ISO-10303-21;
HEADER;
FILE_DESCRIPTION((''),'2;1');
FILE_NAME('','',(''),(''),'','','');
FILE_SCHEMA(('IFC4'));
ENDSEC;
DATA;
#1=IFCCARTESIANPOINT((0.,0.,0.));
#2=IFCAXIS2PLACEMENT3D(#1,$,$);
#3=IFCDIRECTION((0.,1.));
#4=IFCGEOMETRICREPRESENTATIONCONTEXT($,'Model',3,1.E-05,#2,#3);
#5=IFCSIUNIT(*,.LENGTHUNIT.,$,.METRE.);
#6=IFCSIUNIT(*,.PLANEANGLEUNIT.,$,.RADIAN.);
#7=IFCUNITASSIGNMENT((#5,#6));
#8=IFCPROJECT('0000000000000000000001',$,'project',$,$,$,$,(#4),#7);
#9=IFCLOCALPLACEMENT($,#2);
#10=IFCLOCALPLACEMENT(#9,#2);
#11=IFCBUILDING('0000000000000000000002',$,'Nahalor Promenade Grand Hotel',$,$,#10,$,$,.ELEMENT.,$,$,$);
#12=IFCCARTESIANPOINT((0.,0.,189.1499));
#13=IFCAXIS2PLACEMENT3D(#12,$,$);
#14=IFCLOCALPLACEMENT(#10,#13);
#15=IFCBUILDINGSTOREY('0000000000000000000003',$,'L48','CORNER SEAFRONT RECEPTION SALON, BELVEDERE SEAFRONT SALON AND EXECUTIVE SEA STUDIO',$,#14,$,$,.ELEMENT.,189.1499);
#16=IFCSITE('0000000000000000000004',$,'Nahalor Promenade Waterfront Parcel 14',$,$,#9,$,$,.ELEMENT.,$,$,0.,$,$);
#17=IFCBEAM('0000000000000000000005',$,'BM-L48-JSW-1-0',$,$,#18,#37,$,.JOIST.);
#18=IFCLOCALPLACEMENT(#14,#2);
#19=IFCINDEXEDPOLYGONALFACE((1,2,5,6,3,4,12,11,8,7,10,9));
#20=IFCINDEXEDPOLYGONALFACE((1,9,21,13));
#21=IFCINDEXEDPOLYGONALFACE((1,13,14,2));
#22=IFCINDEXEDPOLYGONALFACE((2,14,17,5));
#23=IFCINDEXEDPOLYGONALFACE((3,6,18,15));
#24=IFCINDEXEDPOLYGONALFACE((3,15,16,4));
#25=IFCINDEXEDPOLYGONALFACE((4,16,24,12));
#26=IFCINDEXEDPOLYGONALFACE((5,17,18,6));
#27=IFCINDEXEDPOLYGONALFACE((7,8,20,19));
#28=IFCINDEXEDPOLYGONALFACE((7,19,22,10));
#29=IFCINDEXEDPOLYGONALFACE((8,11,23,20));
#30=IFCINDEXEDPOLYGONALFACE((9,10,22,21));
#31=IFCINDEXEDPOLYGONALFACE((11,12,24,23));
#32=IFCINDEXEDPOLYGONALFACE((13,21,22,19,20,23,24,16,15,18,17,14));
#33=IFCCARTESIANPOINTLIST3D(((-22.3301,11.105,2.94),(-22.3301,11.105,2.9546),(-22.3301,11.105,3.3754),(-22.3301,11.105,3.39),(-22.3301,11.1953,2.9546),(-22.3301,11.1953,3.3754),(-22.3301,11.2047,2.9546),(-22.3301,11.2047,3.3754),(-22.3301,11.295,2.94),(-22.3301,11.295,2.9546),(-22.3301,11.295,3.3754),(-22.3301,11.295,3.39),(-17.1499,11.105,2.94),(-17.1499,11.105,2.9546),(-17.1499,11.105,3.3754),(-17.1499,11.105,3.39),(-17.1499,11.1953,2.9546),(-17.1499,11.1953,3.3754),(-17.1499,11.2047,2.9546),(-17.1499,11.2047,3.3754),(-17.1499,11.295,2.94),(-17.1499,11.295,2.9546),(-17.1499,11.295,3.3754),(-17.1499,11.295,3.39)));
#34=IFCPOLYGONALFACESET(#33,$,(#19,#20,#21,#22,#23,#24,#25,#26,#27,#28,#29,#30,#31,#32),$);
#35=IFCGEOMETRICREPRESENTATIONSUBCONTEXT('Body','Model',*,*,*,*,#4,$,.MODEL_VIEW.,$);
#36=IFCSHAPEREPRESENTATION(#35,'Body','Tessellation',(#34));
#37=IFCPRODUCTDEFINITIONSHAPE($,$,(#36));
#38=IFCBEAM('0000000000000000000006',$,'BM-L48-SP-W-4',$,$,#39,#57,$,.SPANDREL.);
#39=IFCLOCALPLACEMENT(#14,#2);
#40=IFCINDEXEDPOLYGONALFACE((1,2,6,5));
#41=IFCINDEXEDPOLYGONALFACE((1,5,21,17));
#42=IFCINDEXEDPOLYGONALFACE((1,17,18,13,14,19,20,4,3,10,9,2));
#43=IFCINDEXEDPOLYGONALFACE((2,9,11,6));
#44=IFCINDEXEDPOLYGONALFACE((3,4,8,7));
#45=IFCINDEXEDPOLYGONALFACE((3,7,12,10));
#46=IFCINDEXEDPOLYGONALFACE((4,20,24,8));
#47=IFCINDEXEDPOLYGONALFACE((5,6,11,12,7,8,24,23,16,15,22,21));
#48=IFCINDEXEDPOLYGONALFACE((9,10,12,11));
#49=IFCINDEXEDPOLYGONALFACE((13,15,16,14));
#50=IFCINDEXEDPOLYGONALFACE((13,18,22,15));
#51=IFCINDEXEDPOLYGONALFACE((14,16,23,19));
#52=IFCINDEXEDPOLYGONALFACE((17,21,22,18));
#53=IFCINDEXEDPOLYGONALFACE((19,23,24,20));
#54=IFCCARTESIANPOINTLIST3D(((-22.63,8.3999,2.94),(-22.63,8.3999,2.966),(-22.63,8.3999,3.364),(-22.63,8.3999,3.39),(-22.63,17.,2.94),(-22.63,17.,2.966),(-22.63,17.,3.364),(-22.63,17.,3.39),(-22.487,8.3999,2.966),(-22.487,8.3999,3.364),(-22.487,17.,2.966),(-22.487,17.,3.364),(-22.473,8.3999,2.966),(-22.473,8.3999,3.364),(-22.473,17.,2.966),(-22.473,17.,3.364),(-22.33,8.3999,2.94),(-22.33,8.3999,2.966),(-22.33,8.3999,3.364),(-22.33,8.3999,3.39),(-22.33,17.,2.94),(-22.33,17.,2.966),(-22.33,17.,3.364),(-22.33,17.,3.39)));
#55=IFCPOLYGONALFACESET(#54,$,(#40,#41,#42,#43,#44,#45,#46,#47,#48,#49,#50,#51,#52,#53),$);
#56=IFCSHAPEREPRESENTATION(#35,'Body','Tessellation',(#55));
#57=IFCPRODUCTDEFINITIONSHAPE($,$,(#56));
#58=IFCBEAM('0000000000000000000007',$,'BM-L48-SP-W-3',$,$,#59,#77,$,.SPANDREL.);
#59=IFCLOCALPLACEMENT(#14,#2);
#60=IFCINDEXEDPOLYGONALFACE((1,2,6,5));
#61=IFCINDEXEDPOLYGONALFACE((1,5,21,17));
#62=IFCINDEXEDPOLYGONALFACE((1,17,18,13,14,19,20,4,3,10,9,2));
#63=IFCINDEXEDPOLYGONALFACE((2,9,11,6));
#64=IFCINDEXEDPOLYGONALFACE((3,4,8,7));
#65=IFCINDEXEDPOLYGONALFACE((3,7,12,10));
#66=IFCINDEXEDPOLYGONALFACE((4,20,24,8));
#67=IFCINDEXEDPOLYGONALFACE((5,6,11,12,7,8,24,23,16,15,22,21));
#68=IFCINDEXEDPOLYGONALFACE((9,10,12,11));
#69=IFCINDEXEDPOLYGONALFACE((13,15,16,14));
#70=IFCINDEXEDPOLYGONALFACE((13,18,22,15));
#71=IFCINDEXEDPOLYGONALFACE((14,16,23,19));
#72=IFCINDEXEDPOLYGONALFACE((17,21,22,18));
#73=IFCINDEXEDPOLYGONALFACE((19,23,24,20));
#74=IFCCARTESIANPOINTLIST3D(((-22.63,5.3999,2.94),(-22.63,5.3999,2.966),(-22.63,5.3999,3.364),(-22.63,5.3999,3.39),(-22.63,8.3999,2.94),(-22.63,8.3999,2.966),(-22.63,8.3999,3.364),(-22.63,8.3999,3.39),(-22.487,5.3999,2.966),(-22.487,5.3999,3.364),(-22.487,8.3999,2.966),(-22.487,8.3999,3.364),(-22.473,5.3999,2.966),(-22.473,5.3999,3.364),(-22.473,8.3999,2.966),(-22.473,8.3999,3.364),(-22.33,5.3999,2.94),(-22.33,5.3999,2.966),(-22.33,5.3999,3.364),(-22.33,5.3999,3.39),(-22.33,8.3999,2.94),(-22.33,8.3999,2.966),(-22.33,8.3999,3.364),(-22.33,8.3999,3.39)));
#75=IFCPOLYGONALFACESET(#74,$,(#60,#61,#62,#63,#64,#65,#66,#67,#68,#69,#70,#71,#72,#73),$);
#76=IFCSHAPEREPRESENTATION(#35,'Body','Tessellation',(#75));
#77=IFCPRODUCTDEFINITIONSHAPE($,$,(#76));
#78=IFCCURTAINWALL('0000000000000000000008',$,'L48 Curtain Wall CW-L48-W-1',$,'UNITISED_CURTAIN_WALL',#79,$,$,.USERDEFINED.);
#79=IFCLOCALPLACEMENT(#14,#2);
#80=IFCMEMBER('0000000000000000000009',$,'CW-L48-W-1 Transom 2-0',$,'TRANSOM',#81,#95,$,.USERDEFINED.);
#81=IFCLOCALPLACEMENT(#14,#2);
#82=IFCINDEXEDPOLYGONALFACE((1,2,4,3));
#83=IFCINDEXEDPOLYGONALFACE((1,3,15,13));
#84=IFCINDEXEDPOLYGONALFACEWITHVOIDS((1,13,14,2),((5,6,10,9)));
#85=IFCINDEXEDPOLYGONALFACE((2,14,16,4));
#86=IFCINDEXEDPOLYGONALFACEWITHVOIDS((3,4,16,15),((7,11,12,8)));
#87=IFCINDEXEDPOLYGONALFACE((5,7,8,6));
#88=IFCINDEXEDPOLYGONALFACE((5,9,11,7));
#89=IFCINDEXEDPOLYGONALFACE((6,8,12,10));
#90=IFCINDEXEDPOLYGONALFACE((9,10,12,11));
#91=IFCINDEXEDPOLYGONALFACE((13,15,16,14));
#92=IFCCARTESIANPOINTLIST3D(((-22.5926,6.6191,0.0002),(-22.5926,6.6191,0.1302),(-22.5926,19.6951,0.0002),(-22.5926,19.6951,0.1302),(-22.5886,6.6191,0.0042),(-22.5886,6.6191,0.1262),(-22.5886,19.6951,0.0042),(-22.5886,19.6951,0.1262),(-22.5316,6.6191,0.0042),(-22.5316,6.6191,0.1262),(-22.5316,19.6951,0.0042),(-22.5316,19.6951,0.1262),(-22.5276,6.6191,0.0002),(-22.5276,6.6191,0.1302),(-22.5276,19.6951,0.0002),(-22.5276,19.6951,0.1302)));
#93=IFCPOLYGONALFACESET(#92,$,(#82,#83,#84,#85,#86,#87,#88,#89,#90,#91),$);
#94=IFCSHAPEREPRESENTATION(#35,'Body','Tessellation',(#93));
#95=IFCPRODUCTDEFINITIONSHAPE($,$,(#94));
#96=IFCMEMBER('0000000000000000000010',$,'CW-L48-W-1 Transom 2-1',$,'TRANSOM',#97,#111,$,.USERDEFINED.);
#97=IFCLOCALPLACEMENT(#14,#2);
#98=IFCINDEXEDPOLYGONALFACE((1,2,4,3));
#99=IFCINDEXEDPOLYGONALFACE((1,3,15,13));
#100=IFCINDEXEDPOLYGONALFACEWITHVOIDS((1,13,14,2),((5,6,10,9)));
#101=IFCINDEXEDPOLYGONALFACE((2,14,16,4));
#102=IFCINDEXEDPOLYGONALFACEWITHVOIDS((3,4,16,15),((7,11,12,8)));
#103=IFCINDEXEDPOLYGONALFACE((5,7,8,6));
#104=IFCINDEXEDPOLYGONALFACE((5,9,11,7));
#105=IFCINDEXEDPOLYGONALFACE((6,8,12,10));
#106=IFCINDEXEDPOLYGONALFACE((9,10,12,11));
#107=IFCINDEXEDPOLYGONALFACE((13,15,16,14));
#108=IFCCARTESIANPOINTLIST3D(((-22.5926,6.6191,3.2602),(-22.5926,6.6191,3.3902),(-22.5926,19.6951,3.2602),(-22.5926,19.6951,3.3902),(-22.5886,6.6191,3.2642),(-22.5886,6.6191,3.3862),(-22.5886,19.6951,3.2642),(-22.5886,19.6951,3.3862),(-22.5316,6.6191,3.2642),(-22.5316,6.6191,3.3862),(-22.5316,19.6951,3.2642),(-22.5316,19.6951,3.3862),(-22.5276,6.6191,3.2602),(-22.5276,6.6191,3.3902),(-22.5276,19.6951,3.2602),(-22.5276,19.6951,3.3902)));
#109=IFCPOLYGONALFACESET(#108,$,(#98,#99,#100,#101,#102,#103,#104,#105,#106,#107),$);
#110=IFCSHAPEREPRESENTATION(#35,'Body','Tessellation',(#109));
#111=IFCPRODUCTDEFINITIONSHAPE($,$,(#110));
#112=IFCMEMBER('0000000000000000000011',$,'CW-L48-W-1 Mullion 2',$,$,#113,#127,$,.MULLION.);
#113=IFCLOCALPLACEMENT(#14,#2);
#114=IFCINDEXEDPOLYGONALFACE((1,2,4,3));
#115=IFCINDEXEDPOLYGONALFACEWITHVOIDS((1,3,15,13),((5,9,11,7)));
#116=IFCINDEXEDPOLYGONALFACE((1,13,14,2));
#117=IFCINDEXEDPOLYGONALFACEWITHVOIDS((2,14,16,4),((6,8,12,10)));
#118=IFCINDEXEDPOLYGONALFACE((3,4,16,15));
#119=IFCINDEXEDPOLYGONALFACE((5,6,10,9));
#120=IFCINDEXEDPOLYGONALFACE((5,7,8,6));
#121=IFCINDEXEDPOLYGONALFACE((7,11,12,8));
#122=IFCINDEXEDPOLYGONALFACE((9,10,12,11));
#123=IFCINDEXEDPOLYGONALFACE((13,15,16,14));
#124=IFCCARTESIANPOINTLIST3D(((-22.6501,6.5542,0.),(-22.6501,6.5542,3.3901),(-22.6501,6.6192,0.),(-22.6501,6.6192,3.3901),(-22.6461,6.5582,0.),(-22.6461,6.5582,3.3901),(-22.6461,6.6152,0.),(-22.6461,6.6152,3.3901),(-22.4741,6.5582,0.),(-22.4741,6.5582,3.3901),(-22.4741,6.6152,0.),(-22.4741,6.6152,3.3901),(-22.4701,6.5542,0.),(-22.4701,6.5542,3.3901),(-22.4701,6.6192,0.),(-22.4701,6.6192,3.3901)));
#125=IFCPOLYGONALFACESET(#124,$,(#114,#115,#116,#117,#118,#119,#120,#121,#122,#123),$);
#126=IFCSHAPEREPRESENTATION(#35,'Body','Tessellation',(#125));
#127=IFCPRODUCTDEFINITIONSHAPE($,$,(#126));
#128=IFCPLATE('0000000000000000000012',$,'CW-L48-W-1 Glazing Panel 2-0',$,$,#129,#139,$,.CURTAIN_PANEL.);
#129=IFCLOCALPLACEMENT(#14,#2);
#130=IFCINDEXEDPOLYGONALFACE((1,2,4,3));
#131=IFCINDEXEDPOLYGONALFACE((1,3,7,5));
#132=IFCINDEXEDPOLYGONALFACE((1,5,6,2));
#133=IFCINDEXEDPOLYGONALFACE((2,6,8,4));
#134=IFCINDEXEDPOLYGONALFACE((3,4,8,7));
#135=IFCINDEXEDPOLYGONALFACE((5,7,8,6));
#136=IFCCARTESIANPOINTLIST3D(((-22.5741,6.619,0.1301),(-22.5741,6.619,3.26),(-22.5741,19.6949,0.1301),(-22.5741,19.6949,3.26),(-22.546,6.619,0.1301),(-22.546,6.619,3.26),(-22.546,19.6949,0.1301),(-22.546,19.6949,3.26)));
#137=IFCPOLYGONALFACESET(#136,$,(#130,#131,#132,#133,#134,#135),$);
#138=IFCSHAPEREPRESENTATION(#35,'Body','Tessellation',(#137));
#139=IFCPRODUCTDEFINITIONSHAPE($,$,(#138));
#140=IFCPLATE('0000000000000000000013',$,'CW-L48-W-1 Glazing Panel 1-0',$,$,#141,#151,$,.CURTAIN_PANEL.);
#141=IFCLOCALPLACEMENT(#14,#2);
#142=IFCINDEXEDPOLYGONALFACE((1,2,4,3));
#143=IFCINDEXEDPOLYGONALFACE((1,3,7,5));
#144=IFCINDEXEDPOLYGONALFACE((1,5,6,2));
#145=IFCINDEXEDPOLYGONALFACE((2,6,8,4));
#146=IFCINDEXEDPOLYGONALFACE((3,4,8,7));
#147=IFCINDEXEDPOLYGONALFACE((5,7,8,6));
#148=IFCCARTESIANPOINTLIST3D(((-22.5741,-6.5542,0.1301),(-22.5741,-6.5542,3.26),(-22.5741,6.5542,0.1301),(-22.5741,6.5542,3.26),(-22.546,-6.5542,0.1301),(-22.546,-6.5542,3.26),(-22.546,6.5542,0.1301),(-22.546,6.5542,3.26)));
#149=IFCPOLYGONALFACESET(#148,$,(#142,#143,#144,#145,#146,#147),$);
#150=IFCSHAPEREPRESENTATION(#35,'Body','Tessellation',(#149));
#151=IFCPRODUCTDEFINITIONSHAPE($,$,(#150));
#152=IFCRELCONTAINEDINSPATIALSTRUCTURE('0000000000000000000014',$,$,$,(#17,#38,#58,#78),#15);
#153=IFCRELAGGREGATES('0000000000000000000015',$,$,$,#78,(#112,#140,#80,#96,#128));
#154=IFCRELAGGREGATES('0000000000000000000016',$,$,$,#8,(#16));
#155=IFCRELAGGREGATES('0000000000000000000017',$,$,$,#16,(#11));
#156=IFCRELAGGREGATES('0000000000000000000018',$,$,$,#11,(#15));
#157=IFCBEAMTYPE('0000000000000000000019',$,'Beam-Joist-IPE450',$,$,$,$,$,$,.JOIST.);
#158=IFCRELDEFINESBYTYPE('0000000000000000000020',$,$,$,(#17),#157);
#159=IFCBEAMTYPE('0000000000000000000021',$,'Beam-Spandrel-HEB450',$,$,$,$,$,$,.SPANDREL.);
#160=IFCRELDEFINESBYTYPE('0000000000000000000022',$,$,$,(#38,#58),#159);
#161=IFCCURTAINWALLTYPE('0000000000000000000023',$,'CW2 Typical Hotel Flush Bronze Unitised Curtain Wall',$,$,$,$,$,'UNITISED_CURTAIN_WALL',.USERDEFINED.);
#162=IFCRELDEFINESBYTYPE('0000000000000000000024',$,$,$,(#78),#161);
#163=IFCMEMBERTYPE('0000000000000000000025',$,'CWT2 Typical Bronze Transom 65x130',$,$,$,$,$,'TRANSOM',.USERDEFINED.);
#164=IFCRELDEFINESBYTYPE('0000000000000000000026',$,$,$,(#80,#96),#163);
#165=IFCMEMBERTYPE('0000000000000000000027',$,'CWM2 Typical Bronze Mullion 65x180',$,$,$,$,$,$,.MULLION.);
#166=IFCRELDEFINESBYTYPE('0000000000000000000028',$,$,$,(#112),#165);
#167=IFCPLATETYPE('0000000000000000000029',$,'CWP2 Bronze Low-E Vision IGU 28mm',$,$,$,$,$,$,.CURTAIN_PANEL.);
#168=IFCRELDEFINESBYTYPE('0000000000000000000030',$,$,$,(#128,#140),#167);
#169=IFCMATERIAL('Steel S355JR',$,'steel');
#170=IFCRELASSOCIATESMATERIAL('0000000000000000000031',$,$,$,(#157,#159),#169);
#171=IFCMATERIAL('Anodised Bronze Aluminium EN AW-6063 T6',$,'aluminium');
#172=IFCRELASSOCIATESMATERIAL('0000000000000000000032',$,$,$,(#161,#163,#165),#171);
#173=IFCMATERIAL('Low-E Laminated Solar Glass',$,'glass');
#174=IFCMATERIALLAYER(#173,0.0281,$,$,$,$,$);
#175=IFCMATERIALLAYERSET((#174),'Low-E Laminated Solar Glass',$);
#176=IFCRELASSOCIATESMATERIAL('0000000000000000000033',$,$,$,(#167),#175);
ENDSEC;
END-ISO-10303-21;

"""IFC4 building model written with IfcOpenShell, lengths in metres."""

from ifc_helpers import new_model, si_unit, direction, frame, origin, origin_2d, place, context, subcontext, project, spatial, rectangle, hollow_rectangle, i_section, extrude, source, transform, mapped, material, layer, layer_set, material_profile, profile_set, type_object, element, aggregate, save


model = new_model("IFC4")

# Units and contexts
model_context = context("Model", 3, precision=1e-05, world=origin(), true_north=direction((0.0, 1.0)))
body_context = subcontext(model_context, "Body", "Model", "MODEL_VIEW")
ifc_project = project(units=[si_unit("LENGTHUNIT", "METRE"), si_unit("PLANEANGLEUNIT", "RADIAN")], contexts=[model_context])

# Site, building, storey
site_placement = place(None, origin())
site = spatial("IfcSite", under=ifc_project, at=site_placement, Name="Nahalor Promenade Waterfront Parcel 14", CompositionType="ELEMENT", RefElevation=0.0)
building_placement = place(site_placement, origin())
building = spatial("IfcBuilding", under=site, at=building_placement, Name="Nahalor Promenade Grand Hotel", CompositionType="ELEMENT")
storey_placement = place(building_placement, frame((0.0, 0.0, 189.1499)))
storey = spatial("IfcBuildingStorey", under=building, at=storey_placement, Name="L48", Description="CORNER SEAFRONT RECEPTION SALON, BELVEDERE SEAFRONT SALON AND EXECUTIVE SEA STUDIO", CompositionType="ELEMENT", Elevation=189.1499)

# Beams
ifc_material_1 = material(Name="Steel S355JR", Category="steel")
ifc_material_profile_1 = material_profile(ifc_material_1, i_section(OverallWidth=0.19, OverallDepth=0.45, WebThickness=0.0094, FlangeThickness=0.0146, at=origin_2d()), Name="IPE 450")
ifc_profile_set_1 = profile_set([ifc_material_profile_1], Name="Steel S355JR")
beam_type_1 = type_object("IfcBeamType", Name="Beam-Joist-IPE450", PredefinedType="JOIST", material=ifc_profile_set_1)
shared_shape_1 = source(origin(), body_context, "Body", "SweptSolid", [
    extrude(i_section(OverallWidth=0.19, OverallDepth=0.45, WebThickness=0.0094, FlangeThickness=0.0146, at=origin_2d()), origin(), (0.0, 0.0, 1.0), 5.1802),
])
beam_1_placement = place(storey_placement, frame((-22.3301, 11.2, 3.165), z_axis=(1.0, 0.0, 0.0), x_axis=(0.0, 1.0, 0.0)))
element("IfcBeam", 1, at=beam_1_placement, inside=storey, type_object=beam_type_1, Name="BM-L48-JSW-1-0", PredefinedType="JOIST", context=body_context, shape_type="MappedRepresentation", body=[
    mapped(shared_shape_1, transform((0.0, 0.0, 0.0), scale=1.0)),
])
ifc_material_profile_2 = material_profile(ifc_material_1, i_section(OverallWidth=0.3, OverallDepth=0.45, WebThickness=0.014, FlangeThickness=0.026, at=origin_2d()), Name="HEB 450")
ifc_profile_set_2 = profile_set([ifc_material_profile_2], Name="Steel S355JR")
beam_type_2 = type_object("IfcBeamType", Name="Beam-Spandrel-HEB450", PredefinedType="SPANDREL", material=ifc_profile_set_2)
shared_shape_2 = source(origin(), body_context, "Body", "SweptSolid", [
    extrude(i_section(OverallWidth=0.3, OverallDepth=0.45, WebThickness=0.014, FlangeThickness=0.026, at=origin_2d()), origin(), (0.0, 0.0, 1.0), 8.6001),
])
beam_2_placement = place(storey_placement, frame((-22.48, 8.3999, 3.165), z_axis=(0.0, 1.0, 0.0), x_axis=(-1.0, 0.0, 0.0)))
element("IfcBeam", 2, at=beam_2_placement, inside=storey, type_object=beam_type_2, Name="BM-L48-SP-W-4", PredefinedType="SPANDREL", context=body_context, shape_type="MappedRepresentation", body=[
    mapped(shared_shape_2, transform((0.0, 0.0, 0.0), scale=1.0)),
])
shared_shape_3 = source(origin(), body_context, "Body", "SweptSolid", [
    extrude(i_section(OverallWidth=0.3, OverallDepth=0.45, WebThickness=0.014, FlangeThickness=0.026, at=origin_2d()), origin(), (0.0, 0.0, 1.0), 3.0),
])
beam_3_placement = place(storey_placement, frame((-22.48, 5.3999, 3.165), z_axis=(0.0, 1.0, 0.0), x_axis=(-1.0, 0.0, 0.0)))
element("IfcBeam", 3, at=beam_3_placement, inside=storey, type_object=beam_type_2, Name="BM-L48-SP-W-3", PredefinedType="SPANDREL", context=body_context, shape_type="MappedRepresentation", body=[
    mapped(shared_shape_3, transform((0.0, 0.0, 0.0), scale=1.0)),
])

# Curtain wall, members, plates
ifc_material_2 = material(Name="Anodised Bronze Aluminium EN AW-6063 T6", Category="aluminium")
curtain_wall_type = type_object("IfcCurtainWallType", Name="CW2 Typical Hotel Flush Bronze Unitised Curtain Wall", ElementType="UNITISED_CURTAIN_WALL", PredefinedType="USERDEFINED", material=ifc_material_2)
curtain_wall_placement = place(storey_placement, origin())
curtain_wall = element("IfcCurtainWall", 4, at=curtain_wall_placement, inside=storey, type_object=curtain_wall_type, Name="L48 Curtain Wall CW-L48-W-1", ObjectType="UNITISED_CURTAIN_WALL", PredefinedType="USERDEFINED")
ifc_material_profile_3 = material_profile(ifc_material_2, hollow_rectangle(XDim=0.065, YDim=0.13, WallThickness=0.004, at=origin_2d()), Name="CWT 65x130x4")
ifc_profile_set_3 = profile_set([ifc_material_profile_3], Name="Anodised Bronze Aluminium EN AW-6063 T6")
member_type_1 = type_object("IfcMemberType", Name="CWT2 Typical Bronze Transom 65x130", ElementType="TRANSOM", PredefinedType="USERDEFINED", material=ifc_profile_set_3)
shared_shape_4 = source(origin(), body_context, "Body", "SweptSolid", [
    extrude(hollow_rectangle(XDim=0.065, YDim=0.13, WallThickness=0.004, at=origin_2d()), origin(), (0.0, 0.0, 1.0), 13.0759),
])
member_1_placement = place(storey_placement, frame((-22.5601, 6.6191, 0.0652), z_axis=(0.0, 1.0, 0.0), x_axis=(-1.0, 0.0, 0.0)))
member_1 = element("IfcMember", 5, at=member_1_placement, type_object=member_type_1, Name="CW-L48-W-1 Transom 2-0", ObjectType="TRANSOM", PredefinedType="USERDEFINED", context=body_context, shape_type="MappedRepresentation", body=[
    mapped(shared_shape_4, transform((0.0, 0.0, 0.0), scale=1.0)),
])
member_2_placement = place(storey_placement, frame((-22.5601, 6.6191, 3.3252), z_axis=(0.0, 1.0, 0.0), x_axis=(-1.0, 0.0, 0.0)))
member_2 = element("IfcMember", 6, at=member_2_placement, type_object=member_type_1, Name="CW-L48-W-1 Transom 2-1", ObjectType="TRANSOM", PredefinedType="USERDEFINED", context=body_context, shape_type="MappedRepresentation", body=[
    mapped(shared_shape_4, transform((0.0, 0.0, 0.0), scale=1.0)),
])
ifc_material_profile_4 = material_profile(ifc_material_2, hollow_rectangle(XDim=0.065, YDim=0.18, WallThickness=0.004, at=origin_2d()), Name="CWM 65x180x4")
ifc_profile_set_4 = profile_set([ifc_material_profile_4], Name="Anodised Bronze Aluminium EN AW-6063 T6")
member_type_2 = type_object("IfcMemberType", Name="CWM2 Typical Bronze Mullion 65x180", PredefinedType="MULLION", material=ifc_profile_set_4)
shared_shape_5 = source(origin(), body_context, "Body", "SweptSolid", [
    extrude(hollow_rectangle(XDim=0.065, YDim=0.18, WallThickness=0.004, at=origin_2d()), origin(), (0.0, 0.0, 1.0), 3.3901),
])
member_3_placement = place(storey_placement, frame((-22.5601, 6.5867, 0.0), z_axis=(0.0, 0.0, 1.0), x_axis=(0.0, 1.0, 0.0)))
member_3 = element("IfcMember", 7, at=member_3_placement, type_object=member_type_2, Name="CW-L48-W-1 Mullion 2", PredefinedType="MULLION", context=body_context, shape_type="MappedRepresentation", body=[
    mapped(shared_shape_5, transform((0.0, 0.0, 0.0), scale=1.0)),
])
ifc_material_3 = material(Name="Low-E Laminated Solar Glass", Category="glass")
ifc_layer_1 = layer(ifc_material_3, 0.0281)
ifc_layer_set_1 = layer_set([ifc_layer_1], Name="Low-E Laminated Solar Glass")
plate_type = type_object("IfcPlateType", Name="CWP2 Bronze Low-E Vision IGU 28mm", PredefinedType="CURTAIN_PANEL", material=ifc_layer_set_1)
shared_shape_6 = source(origin(), body_context, "Body", "SweptSolid", [
    extrude(rectangle(XDim=13.0759, YDim=0.0281, at=origin_2d()), origin(), (0.0, 0.0, 1.0), 3.1299),
])
plate_1_placement = place(storey_placement, frame((-22.5601, 13.157, 0.1301), z_axis=(0.0, 0.0, 1.0), x_axis=(0.0, 1.0, 0.0)))
plate_1 = element("IfcPlate", 8, at=plate_1_placement, type_object=plate_type, Name="CW-L48-W-1 Glazing Panel 2-0", PredefinedType="CURTAIN_PANEL", context=body_context, shape_type="MappedRepresentation", body=[
    mapped(shared_shape_6, transform((0.0, 0.0, 0.0), scale=1.0)),
])
shared_shape_7 = source(origin(), body_context, "Body", "SweptSolid", [
    extrude(rectangle(XDim=13.1084, YDim=0.0281, at=origin_2d()), origin(), (0.0, 0.0, 1.0), 3.1299),
])
plate_2_placement = place(storey_placement, frame((-22.5601, 0.0, 0.1301), z_axis=(0.0, 0.0, 1.0), x_axis=(0.0, 1.0, 0.0)))
plate_2 = element("IfcPlate", 9, at=plate_2_placement, type_object=plate_type, Name="CW-L48-W-1 Glazing Panel 1-0", PredefinedType="CURTAIN_PANEL", context=body_context, shape_type="MappedRepresentation", body=[
    mapped(shared_shape_7, transform((0.0, 0.0, 0.0), scale=1.0)),
])
aggregate(curtain_wall, [member_3, plate_2, member_1, member_2, plate_1])

save(model, "model.ifc")
